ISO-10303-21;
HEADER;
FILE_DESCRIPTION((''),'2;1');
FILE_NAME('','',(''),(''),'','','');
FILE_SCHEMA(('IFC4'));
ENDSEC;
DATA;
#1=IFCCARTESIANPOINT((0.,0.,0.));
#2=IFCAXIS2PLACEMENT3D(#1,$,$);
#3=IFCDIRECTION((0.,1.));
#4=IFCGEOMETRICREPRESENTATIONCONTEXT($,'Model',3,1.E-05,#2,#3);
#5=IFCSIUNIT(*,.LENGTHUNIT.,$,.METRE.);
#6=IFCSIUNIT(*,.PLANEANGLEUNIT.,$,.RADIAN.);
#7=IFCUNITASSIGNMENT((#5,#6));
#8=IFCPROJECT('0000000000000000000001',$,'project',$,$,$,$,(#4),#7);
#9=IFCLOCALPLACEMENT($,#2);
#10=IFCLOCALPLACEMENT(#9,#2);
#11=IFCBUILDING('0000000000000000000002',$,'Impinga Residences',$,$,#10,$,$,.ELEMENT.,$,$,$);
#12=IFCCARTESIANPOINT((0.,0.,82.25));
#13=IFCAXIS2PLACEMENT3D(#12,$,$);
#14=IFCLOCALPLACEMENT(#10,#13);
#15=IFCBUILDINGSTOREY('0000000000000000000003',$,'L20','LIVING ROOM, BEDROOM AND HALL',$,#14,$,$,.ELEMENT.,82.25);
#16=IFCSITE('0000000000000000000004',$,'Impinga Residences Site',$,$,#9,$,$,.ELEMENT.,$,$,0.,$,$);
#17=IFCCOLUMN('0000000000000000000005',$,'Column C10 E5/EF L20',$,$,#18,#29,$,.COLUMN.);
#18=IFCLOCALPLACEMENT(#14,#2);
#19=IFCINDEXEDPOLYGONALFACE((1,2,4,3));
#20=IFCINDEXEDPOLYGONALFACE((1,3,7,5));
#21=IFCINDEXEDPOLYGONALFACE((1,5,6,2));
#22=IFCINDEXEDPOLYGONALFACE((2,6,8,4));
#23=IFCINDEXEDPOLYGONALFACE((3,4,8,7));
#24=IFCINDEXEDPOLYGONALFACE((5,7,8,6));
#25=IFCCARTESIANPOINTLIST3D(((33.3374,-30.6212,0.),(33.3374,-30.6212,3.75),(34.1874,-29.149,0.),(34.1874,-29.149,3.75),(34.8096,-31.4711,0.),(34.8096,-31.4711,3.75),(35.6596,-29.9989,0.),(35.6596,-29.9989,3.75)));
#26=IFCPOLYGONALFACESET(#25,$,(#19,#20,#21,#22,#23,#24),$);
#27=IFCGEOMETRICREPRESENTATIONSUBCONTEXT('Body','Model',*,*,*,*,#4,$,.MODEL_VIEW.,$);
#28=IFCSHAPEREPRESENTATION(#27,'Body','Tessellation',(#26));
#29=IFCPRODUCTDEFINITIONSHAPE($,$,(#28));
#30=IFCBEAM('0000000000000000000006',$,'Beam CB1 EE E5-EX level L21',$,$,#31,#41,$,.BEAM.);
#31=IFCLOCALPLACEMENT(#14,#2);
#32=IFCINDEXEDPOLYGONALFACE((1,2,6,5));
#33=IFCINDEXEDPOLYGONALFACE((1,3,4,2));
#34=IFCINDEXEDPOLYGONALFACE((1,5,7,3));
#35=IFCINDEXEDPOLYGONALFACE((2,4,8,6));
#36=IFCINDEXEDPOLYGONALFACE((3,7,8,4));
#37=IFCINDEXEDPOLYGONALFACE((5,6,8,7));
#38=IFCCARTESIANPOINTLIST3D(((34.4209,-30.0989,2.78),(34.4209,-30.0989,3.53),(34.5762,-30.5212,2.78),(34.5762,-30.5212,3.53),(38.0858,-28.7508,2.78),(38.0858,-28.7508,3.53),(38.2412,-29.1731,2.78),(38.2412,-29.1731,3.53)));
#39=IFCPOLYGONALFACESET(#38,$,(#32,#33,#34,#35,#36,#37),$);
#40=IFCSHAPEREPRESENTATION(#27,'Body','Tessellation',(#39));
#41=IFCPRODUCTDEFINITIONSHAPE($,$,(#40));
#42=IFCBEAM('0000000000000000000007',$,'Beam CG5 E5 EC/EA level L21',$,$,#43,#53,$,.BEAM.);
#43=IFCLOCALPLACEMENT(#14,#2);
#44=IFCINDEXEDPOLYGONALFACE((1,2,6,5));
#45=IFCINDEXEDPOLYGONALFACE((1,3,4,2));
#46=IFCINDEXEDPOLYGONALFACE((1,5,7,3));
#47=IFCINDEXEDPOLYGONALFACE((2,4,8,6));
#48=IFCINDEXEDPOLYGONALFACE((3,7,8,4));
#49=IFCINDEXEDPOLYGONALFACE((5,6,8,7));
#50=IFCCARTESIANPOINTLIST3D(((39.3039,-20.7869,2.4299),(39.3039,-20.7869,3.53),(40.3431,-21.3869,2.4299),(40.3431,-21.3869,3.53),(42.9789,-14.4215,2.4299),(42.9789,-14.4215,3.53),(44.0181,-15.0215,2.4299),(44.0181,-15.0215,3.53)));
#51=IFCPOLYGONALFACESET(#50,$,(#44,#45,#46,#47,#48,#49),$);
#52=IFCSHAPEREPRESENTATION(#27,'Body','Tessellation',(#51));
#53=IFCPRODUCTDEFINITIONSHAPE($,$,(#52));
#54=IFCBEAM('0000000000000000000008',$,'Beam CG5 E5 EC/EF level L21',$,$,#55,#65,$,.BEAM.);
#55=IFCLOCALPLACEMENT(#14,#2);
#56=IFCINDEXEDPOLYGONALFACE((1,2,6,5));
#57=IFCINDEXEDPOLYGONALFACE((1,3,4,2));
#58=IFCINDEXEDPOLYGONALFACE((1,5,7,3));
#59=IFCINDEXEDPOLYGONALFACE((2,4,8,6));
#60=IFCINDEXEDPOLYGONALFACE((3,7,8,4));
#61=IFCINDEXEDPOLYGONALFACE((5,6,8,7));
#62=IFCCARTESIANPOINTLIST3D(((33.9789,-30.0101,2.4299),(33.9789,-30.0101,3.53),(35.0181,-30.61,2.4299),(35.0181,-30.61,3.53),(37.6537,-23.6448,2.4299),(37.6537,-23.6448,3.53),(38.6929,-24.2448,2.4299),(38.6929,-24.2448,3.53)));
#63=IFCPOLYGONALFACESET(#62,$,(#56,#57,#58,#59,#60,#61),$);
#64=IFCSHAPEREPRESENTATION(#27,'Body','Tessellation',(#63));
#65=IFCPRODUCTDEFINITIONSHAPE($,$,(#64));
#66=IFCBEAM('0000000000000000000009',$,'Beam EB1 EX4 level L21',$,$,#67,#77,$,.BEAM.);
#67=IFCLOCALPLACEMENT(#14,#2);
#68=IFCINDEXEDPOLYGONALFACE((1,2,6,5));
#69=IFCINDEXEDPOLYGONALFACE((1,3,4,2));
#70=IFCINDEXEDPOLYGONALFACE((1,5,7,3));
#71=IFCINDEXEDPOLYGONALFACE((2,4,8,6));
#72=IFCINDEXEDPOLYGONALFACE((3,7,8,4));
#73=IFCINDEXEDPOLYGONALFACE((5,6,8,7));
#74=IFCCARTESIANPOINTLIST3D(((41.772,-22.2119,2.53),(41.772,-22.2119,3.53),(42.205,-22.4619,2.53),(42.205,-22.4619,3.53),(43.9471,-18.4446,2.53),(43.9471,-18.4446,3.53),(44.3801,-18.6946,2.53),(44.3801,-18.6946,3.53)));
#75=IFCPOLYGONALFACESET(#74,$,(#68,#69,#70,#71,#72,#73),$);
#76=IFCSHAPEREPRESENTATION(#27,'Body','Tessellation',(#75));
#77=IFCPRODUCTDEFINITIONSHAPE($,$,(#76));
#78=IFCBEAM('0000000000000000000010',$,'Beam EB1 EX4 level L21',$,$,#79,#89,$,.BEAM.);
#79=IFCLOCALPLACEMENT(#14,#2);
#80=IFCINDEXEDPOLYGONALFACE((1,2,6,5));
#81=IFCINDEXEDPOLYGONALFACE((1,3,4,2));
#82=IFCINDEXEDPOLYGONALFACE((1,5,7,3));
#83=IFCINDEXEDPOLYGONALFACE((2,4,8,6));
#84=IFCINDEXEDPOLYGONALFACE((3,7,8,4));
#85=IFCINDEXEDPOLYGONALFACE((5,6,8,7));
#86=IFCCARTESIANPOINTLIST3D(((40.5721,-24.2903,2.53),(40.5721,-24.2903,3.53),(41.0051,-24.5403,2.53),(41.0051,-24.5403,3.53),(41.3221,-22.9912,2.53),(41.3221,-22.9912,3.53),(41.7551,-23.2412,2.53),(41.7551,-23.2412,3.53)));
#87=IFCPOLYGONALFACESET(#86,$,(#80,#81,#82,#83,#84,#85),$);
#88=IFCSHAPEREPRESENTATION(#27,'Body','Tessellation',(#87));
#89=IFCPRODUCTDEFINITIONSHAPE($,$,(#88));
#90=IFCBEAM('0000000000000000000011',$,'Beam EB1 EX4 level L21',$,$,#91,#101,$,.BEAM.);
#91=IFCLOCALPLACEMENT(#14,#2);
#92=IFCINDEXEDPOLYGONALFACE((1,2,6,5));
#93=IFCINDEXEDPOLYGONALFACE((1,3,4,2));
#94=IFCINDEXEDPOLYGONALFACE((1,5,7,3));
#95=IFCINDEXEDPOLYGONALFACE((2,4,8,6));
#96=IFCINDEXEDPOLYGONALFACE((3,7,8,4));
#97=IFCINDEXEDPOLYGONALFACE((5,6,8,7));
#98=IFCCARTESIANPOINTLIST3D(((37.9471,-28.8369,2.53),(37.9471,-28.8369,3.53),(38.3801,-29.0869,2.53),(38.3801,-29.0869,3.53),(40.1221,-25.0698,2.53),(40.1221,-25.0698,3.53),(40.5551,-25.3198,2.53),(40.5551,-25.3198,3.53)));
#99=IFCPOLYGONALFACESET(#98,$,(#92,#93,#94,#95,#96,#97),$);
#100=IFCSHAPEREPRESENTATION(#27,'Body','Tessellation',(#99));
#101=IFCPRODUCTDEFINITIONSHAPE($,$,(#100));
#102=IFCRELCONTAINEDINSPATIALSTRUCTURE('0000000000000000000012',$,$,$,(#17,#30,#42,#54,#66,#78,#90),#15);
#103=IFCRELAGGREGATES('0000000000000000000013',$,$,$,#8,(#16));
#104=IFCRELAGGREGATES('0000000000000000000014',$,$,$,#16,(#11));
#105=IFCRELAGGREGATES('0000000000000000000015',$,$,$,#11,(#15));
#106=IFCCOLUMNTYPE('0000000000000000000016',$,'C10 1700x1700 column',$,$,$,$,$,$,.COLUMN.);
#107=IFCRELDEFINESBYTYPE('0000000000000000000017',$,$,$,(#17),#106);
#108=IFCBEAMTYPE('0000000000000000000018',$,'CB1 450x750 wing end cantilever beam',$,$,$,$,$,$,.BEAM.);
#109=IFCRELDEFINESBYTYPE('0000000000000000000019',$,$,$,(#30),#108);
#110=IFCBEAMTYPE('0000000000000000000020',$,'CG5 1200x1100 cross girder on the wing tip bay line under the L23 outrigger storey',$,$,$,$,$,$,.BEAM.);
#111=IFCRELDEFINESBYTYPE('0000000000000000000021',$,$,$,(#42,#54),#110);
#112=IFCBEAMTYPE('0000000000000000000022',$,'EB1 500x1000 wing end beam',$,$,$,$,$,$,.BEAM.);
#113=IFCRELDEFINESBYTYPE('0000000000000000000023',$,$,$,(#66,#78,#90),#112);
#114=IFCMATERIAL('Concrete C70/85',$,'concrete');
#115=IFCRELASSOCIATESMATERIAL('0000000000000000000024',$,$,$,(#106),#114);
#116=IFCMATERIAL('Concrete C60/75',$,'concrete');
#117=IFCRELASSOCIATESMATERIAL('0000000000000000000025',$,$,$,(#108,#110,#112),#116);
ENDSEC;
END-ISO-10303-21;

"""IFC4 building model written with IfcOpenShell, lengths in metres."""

from ifc_helpers import new_model, si_unit, direction, frame, origin, origin_2d, place, context, subcontext, project, spatial, rectangle, extrude, material, material_profile, profile_set, type_object, element, save


model = new_model("IFC4")

# Units and contexts
model_context = context("Model", 3, precision=1e-05, world=origin(), true_north=direction((0.0, 1.0)))
body_context = subcontext(model_context, "Body", "Model", "MODEL_VIEW")
ifc_project = project(units=[si_unit("LENGTHUNIT", "METRE"), si_unit("PLANEANGLEUNIT", "RADIAN")], contexts=[model_context])

# Site, building, storey
site_placement = place(None, origin())
site = spatial("IfcSite", under=ifc_project, at=site_placement, Name="Impinga Residences Site", CompositionType="ELEMENT", RefElevation=0.0)
building_placement = place(site_placement, origin())
building = spatial("IfcBuilding", under=site, at=building_placement, Name="Impinga Residences", CompositionType="ELEMENT")
storey_placement = place(building_placement, frame((0.0, 0.0, 82.25)))
storey = spatial("IfcBuildingStorey", under=building, at=storey_placement, Name="L20", Description="LIVING ROOM, BEDROOM AND HALL", CompositionType="ELEMENT", Elevation=82.25)

# Column
ifc_material_1 = material(Name="Concrete C70/85", Category="concrete")
ifc_material_profile_1 = material_profile(ifc_material_1, rectangle(XDim=1.7, YDim=1.7, at=origin_2d()), Name="RC 1700x1700")
ifc_profile_set_1 = profile_set([ifc_material_profile_1], Name="Concrete C70/85")
column_type = type_object("IfcColumnType", Name="C10 1700x1700 column", PredefinedType="COLUMN", material=ifc_profile_set_1)
column_placement = place(storey_placement, frame((34.4985, -30.3101, 0.0), z_axis=(0.0, 0.0, 1.0), x_axis=(-0.5, -0.866025, 0.0)))
element("IfcColumn", 1, at=column_placement, inside=storey, type_object=column_type, Name="Column C10 E5/EF L20", PredefinedType="COLUMN", context=body_context, shape_type="SweptSolid", body=[
    extrude(rectangle(XDim=1.7, YDim=1.7, at=origin_2d()), origin(), (0.0, 0.0, 1.0), 3.75),
])

# Beams
ifc_material_2 = material(Name="Concrete C60/75", Category="concrete")
ifc_material_profile_2 = material_profile(ifc_material_2, rectangle(XDim=0.45, YDim=0.75, at=origin_2d()), Name="RC 450x750")
ifc_profile_set_2 = profile_set([ifc_material_profile_2], Name="Concrete C60/75")
beam_type_1 = type_object("IfcBeamType", Name="CB1 450x750 wing end cantilever beam", PredefinedType="BEAM", material=ifc_profile_set_2)
beam_1_placement = place(storey_placement, frame((34.4985, -30.3101, 3.155), z_axis=(0.93852, 0.345224, 0.0), x_axis=(-0.345224, 0.93852, 0.0)))
element("IfcBeam", 2, at=beam_1_placement, inside=storey, type_object=beam_type_1, Name="Beam CB1 EE E5-EX level L21", PredefinedType="BEAM", context=body_context, shape_type="SweptSolid", body=[
    extrude(rectangle(XDim=0.45, YDim=0.75, at=origin_2d()), origin(), (0.0, 0.0, 1.0), 3.905),
])
ifc_material_profile_3 = material_profile(ifc_material_2, rectangle(XDim=1.2, YDim=1.1001, at=origin_2d()), Name="RC 1200x1100")
ifc_profile_set_3 = profile_set([ifc_material_profile_3], Name="Concrete C60/75")
beam_type_2 = type_object("IfcBeamType", Name="CG5 1200x1100 cross girder on the wing tip bay line under the L23 outrigger storey", PredefinedType="BEAM", material=ifc_profile_set_3)
beam_2_placement = place(storey_placement, frame((39.8235, -21.0869, 2.98), z_axis=(0.499994, 0.866029, 0.0), x_axis=(-0.866029, 0.499994, 0.0)))
element("IfcBeam", 3, at=beam_2_placement, inside=storey, type_object=beam_type_2, Name="Beam CG5 E5 EC/EA level L21", PredefinedType="BEAM", context=body_context, shape_type="SweptSolid", body=[
    extrude(rectangle(XDim=1.2, YDim=1.1001, at=origin_2d()), origin(), (0.0, 0.0, 1.0), 7.3501),
])
beam_3_placement = place(storey_placement, frame((38.1733, -23.9448, 2.98), z_axis=(-0.499983, -0.866035, 0.0), x_axis=(0.866035, -0.499983, 0.0)))
element("IfcBeam", 4, at=beam_3_placement, inside=storey, type_object=beam_type_2, Name="Beam CG5 E5 EC/EF level L21", PredefinedType="BEAM", context=body_context, shape_type="SweptSolid", body=[
    extrude(rectangle(XDim=1.2, YDim=1.1001, at=origin_2d()), origin(), (0.0, 0.0, 1.0), 7.3499),
])
ifc_material_profile_4 = material_profile(ifc_material_2, rectangle(XDim=0.5, YDim=1.0, at=origin_2d()), Name="RC 500x1000")
ifc_profile_set_4 = profile_set([ifc_material_profile_4], Name="Concrete C60/75")
beam_type_3 = type_object("IfcBeamType", Name="EB1 500x1000 wing end beam", PredefinedType="BEAM", material=ifc_profile_set_4)
beam_4_placement = place(storey_placement, frame((44.1636, -18.5696, 3.03), z_axis=(-0.499996, -0.866028, 0.0), x_axis=(0.866028, -0.499996, 0.0)))
element("IfcBeam", 5, at=beam_4_placement, inside=storey, type_object=beam_type_3, Name="Beam EB1 EX4 level L21", PredefinedType="BEAM", context=body_context, shape_type="SweptSolid", body=[
    extrude(rectangle(XDim=0.5, YDim=1.0, at=origin_2d()), origin(), (0.0, 0.0, 1.0), 4.3501),
])
beam_5_placement = place(storey_placement, frame((41.5386, -23.1162, 3.03), z_axis=(-0.49999, -0.866031, 0.0), x_axis=(0.866031, -0.49999, 0.0)))
element("IfcBeam", 6, at=beam_5_placement, inside=storey, type_object=beam_type_3, Name="Beam EB1 EX4 level L21", PredefinedType="BEAM", context=body_context, shape_type="SweptSolid", body=[
    extrude(rectangle(XDim=0.5, YDim=1.0, at=origin_2d()), origin(), (0.0, 0.0, 1.0), 1.5),
])
beam_6_placement = place(storey_placement, frame((40.3386, -25.1948, 3.03), z_axis=(-0.50002, -0.866014, 0.0), x_axis=(0.866014, -0.50002, 0.0)))
element("IfcBeam", 7, at=beam_6_placement, inside=storey, type_object=beam_type_3, Name="Beam EB1 EX4 level L21", PredefinedType="BEAM", context=body_context, shape_type="SweptSolid", body=[
    extrude(rectangle(XDim=0.5, YDim=1.0, at=origin_2d()), origin(), (0.0, 0.0, 1.0), 4.3499),
])

save(model, "model.ifc")
